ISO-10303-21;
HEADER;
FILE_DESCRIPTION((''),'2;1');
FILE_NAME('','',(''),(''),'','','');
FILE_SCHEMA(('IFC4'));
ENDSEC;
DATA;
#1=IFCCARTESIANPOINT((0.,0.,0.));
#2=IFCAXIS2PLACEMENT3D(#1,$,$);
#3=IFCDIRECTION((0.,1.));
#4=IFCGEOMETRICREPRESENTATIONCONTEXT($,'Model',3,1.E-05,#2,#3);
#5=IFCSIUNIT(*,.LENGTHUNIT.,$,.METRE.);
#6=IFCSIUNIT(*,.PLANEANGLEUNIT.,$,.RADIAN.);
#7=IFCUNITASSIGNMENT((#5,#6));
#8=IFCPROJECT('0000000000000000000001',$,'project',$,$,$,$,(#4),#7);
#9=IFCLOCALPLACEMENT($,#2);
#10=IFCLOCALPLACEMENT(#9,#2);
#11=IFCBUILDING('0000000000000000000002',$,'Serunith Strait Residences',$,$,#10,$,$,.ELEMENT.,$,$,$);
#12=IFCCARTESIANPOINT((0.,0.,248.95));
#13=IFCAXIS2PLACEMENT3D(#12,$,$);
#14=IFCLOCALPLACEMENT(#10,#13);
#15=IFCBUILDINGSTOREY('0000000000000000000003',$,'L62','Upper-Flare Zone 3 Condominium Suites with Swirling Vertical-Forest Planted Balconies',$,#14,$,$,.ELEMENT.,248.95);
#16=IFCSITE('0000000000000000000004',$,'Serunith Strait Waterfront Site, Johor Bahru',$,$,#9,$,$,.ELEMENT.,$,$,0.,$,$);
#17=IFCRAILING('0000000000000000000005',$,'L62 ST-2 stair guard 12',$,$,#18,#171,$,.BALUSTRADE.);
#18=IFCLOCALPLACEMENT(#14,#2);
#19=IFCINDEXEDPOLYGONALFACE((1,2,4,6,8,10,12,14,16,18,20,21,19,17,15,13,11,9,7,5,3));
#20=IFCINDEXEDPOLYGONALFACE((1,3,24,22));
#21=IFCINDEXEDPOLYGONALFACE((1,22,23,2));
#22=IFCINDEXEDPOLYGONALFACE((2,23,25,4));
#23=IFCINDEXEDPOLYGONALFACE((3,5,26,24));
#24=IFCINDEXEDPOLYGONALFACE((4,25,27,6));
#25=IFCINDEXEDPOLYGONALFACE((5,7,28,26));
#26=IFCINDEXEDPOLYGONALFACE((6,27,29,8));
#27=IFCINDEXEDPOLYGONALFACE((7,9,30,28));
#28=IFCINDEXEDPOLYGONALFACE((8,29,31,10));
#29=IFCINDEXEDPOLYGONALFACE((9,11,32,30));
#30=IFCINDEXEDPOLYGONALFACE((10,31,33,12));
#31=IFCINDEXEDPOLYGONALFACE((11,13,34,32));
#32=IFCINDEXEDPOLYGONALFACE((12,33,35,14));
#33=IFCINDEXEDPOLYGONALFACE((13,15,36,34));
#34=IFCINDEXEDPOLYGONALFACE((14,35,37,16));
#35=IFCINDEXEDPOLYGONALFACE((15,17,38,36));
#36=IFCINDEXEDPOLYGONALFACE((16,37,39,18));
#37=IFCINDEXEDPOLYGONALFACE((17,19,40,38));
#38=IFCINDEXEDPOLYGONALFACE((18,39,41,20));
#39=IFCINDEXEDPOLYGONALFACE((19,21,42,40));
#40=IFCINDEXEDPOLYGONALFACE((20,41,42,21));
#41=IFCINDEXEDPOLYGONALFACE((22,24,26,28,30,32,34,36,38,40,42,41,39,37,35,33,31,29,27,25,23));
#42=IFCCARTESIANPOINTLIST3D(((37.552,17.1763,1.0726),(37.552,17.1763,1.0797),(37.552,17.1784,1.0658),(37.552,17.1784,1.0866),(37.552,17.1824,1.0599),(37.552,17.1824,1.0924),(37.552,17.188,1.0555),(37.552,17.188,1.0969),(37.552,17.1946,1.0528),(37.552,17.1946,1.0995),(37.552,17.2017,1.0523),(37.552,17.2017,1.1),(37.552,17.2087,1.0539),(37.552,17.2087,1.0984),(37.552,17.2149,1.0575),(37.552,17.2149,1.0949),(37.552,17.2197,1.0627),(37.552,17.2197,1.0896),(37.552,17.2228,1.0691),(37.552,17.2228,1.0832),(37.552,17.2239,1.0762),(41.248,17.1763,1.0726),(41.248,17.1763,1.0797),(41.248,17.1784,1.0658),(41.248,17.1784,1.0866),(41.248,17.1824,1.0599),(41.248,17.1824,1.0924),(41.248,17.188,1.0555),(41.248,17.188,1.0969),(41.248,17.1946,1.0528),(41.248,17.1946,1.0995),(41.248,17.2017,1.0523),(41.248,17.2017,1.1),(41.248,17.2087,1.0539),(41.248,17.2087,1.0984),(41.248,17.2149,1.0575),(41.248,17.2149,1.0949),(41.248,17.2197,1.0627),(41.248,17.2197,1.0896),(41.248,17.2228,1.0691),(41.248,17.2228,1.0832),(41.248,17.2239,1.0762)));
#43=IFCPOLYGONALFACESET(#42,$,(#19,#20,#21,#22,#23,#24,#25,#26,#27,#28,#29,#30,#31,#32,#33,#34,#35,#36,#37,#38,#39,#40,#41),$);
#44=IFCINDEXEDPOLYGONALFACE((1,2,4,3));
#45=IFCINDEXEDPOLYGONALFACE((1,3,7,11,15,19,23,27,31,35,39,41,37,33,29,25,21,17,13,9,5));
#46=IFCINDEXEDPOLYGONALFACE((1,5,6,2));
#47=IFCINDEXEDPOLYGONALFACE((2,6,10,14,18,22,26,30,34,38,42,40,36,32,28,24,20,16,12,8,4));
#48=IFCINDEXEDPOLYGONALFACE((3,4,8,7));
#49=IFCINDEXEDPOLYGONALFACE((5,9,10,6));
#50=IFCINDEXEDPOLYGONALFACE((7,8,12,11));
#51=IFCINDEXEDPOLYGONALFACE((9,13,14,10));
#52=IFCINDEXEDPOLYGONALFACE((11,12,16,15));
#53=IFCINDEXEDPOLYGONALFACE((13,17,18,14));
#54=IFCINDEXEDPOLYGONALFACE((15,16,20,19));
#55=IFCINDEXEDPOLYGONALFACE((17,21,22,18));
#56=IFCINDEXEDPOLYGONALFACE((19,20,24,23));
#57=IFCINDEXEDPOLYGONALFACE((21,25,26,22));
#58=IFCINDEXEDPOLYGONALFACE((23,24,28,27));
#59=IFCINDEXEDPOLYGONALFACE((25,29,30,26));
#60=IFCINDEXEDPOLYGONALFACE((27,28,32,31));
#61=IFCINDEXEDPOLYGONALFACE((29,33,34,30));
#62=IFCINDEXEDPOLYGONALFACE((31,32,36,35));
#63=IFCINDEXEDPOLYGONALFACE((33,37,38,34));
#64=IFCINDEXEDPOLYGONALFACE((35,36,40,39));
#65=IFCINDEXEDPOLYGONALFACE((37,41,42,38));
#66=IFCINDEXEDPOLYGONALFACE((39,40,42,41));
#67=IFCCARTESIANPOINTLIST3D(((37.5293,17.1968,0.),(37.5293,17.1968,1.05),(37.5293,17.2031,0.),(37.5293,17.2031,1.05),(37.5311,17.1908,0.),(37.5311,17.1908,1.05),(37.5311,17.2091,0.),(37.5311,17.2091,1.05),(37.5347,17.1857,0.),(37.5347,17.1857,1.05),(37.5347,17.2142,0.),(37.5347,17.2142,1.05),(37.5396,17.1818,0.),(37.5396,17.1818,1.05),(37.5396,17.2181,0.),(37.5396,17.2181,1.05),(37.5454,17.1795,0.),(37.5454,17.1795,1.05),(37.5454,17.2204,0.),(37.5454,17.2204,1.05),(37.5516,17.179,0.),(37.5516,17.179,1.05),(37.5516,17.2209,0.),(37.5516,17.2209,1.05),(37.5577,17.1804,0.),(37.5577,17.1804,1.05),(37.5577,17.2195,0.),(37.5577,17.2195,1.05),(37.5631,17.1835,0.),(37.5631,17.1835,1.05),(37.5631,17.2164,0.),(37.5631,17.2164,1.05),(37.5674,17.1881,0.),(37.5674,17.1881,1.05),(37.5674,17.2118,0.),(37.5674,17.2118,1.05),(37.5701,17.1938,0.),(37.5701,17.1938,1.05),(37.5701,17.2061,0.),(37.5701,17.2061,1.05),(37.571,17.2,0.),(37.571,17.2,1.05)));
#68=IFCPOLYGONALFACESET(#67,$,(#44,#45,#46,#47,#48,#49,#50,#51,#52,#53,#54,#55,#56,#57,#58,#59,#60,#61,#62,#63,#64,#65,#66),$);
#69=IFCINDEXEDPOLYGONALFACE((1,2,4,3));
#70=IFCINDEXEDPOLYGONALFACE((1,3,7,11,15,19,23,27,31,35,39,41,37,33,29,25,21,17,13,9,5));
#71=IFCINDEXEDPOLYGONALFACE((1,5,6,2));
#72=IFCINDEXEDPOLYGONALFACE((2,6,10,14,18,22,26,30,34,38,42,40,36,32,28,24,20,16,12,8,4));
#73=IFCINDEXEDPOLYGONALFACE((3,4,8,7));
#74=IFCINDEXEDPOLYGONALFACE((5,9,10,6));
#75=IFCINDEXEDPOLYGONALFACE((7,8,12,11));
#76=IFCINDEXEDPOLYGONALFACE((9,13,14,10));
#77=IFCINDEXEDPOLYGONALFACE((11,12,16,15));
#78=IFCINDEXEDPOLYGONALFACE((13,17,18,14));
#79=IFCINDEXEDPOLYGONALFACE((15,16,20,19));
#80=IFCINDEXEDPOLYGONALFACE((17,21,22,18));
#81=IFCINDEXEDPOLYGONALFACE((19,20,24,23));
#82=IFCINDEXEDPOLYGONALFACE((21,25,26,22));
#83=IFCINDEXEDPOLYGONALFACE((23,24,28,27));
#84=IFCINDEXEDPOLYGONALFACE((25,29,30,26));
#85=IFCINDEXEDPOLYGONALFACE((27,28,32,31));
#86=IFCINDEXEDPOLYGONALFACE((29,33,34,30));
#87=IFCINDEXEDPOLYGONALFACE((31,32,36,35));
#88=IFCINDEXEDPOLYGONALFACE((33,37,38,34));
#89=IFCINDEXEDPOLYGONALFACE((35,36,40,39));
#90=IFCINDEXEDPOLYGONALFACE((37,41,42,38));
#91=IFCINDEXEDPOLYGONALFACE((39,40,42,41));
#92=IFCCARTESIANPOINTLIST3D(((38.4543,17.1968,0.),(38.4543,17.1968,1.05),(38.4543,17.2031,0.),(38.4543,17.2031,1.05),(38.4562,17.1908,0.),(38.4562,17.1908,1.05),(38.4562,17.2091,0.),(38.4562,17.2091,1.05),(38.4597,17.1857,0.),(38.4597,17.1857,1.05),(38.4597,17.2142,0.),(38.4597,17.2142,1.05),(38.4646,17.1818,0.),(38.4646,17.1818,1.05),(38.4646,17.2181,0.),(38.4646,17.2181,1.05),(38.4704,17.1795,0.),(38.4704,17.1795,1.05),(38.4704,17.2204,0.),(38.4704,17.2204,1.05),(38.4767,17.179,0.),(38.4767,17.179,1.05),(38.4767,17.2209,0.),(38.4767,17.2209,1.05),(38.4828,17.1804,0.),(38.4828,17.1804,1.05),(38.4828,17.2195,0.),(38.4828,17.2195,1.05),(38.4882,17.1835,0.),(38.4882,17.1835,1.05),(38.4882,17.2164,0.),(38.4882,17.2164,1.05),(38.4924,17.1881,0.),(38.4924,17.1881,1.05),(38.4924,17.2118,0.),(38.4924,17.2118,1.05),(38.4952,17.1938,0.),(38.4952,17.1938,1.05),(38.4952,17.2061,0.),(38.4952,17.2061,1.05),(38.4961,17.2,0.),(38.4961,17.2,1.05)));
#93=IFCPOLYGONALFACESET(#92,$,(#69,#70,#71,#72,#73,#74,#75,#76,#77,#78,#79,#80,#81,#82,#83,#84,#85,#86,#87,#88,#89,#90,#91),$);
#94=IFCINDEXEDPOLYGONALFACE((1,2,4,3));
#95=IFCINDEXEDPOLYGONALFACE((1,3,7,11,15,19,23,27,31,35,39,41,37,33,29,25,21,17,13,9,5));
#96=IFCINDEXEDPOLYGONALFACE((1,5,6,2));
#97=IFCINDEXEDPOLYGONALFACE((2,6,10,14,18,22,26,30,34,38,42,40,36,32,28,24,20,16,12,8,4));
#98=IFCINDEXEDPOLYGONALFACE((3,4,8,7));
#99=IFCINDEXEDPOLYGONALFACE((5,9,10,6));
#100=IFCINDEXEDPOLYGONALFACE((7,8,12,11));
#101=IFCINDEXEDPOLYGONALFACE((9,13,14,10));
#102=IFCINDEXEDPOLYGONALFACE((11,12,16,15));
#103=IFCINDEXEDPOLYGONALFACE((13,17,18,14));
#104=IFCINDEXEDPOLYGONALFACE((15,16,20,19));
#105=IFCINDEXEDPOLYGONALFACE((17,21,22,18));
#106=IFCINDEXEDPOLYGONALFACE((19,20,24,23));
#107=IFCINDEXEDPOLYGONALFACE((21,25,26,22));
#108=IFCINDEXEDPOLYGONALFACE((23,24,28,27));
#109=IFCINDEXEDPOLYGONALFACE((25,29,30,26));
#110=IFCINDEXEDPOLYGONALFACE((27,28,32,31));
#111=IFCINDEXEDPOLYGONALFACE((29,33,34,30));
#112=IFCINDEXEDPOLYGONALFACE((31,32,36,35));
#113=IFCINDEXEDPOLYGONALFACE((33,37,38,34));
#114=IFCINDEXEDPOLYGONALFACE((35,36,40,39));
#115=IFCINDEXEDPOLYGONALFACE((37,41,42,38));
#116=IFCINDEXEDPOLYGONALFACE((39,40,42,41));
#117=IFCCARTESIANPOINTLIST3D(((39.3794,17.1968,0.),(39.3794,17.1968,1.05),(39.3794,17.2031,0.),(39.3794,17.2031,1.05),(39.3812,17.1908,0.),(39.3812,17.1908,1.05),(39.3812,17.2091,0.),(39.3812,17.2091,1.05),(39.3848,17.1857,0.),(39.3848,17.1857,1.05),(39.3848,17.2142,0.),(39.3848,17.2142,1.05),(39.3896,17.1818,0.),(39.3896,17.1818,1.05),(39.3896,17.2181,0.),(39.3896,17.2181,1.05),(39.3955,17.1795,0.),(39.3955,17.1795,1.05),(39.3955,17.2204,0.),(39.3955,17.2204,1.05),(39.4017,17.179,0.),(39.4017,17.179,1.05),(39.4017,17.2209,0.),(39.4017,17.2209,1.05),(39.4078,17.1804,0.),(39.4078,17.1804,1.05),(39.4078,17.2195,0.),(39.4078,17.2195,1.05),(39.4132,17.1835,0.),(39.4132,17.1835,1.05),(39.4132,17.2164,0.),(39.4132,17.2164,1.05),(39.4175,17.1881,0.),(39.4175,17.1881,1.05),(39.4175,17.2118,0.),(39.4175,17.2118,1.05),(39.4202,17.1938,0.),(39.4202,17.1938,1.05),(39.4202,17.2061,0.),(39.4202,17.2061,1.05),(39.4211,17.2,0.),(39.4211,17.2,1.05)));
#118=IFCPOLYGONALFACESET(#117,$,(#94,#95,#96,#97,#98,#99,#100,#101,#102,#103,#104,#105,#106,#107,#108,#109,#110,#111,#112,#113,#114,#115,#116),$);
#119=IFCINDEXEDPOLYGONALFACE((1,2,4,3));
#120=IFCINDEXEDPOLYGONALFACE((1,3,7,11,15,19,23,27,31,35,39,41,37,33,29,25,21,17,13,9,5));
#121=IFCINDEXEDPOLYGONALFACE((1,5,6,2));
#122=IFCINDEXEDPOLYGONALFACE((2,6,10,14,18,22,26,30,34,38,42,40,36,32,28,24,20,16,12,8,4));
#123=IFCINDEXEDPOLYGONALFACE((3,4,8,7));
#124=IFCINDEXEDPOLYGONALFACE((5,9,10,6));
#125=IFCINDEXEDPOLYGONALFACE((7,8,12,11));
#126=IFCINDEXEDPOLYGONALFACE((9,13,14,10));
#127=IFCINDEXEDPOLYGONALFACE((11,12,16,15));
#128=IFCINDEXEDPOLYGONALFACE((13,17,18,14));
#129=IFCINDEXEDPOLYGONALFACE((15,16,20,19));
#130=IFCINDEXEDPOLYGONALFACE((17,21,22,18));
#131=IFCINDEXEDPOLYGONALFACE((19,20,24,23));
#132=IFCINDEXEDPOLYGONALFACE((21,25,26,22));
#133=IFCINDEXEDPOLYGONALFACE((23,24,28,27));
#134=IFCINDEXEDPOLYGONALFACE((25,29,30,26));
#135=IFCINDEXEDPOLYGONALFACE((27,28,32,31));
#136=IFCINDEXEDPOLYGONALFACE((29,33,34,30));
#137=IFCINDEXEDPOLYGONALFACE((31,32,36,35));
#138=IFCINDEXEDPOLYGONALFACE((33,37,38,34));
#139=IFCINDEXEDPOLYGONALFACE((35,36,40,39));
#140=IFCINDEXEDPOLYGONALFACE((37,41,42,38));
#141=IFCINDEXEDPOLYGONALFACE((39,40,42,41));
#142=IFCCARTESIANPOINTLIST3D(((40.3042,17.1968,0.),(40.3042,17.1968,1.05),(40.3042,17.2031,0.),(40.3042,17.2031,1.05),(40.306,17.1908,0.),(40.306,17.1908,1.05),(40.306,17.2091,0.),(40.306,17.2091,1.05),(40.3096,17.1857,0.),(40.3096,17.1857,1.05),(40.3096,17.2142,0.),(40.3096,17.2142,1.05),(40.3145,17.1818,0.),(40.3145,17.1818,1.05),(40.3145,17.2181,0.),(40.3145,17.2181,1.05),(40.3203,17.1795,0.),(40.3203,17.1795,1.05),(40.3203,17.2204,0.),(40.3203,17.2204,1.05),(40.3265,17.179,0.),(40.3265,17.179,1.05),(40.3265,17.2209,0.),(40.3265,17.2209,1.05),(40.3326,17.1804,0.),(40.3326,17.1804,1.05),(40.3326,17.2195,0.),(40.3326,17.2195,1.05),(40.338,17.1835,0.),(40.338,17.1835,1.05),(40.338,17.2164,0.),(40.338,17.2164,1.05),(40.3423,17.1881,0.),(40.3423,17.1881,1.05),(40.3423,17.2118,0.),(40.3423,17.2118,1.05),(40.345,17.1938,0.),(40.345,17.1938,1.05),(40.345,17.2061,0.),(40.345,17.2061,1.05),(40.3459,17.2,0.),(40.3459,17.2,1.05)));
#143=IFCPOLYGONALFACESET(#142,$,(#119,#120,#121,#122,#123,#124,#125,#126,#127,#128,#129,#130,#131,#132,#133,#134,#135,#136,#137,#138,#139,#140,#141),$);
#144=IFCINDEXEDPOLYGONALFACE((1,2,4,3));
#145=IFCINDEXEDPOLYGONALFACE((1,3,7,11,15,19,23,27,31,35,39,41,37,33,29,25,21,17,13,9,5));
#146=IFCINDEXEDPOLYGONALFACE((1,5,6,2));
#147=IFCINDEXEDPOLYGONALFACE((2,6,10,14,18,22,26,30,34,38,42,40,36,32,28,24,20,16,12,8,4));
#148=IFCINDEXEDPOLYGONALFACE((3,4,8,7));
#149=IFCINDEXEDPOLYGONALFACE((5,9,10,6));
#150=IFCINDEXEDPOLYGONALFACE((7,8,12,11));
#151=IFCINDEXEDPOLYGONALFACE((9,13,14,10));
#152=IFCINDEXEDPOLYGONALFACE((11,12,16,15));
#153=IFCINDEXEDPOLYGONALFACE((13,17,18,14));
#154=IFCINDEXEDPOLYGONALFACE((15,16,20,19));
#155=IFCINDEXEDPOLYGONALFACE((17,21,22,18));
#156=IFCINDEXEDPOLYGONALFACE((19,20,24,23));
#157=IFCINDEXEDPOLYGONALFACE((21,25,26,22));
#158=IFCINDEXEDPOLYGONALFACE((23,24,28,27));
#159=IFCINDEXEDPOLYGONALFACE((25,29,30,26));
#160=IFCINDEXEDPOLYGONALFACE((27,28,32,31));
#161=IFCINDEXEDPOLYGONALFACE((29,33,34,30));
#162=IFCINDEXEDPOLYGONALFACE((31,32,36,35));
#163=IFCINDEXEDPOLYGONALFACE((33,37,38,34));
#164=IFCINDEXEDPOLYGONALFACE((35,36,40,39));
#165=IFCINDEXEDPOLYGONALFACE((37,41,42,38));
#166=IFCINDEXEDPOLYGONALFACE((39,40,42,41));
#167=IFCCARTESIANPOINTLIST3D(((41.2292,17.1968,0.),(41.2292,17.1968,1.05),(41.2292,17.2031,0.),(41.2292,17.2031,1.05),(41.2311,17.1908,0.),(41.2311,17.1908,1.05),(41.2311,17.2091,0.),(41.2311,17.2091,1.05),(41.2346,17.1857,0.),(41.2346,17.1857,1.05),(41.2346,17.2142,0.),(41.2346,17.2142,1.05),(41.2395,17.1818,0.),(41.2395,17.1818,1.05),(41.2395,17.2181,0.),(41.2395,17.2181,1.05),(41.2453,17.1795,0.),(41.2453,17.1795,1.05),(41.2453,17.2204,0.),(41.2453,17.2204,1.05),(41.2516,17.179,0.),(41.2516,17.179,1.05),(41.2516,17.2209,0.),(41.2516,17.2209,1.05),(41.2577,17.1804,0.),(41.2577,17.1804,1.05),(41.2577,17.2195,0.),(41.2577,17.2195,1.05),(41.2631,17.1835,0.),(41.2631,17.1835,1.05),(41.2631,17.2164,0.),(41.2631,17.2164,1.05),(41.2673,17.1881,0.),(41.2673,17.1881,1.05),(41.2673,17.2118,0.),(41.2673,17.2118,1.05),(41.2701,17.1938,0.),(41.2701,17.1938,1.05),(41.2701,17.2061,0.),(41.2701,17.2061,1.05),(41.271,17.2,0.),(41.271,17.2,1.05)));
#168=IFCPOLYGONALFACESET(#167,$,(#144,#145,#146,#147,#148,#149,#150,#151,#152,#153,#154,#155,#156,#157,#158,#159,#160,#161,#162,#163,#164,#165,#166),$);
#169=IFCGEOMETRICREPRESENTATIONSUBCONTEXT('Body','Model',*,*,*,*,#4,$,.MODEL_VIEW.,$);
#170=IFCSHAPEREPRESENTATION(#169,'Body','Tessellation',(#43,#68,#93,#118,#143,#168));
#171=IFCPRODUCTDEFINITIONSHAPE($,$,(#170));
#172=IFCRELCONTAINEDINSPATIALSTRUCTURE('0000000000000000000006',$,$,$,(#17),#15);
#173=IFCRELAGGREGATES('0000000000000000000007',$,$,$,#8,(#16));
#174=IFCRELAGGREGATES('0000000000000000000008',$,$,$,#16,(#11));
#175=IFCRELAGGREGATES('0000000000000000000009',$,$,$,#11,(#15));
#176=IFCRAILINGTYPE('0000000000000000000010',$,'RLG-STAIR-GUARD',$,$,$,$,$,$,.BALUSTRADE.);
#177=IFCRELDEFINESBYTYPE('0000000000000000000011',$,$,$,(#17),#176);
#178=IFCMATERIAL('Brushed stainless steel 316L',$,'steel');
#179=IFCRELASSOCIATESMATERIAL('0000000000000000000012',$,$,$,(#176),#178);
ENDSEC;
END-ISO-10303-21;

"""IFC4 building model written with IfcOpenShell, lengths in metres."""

from ifc_helpers import new_model, si_unit, direction, frame, origin, origin_2d, place, context, subcontext, project, spatial, circle, extrude, material, type_object, element, save


model = new_model("IFC4")

# Units and contexts
model_context = context("Model", 3, precision=1e-05, world=origin(), true_north=direction((0.0, 1.0)))
body_context = subcontext(model_context, "Body", "Model", "MODEL_VIEW")
ifc_project = project(units=[si_unit("LENGTHUNIT", "METRE"), si_unit("PLANEANGLEUNIT", "RADIAN")], contexts=[model_context])

# Site, building, storey
site_placement = place(None, origin())
site = spatial("IfcSite", under=ifc_project, at=site_placement, Name="Serunith Strait Waterfront Site, Johor Bahru", CompositionType="ELEMENT", RefElevation=0.0)
building_placement = place(site_placement, origin())
building = spatial("IfcBuilding", under=site, at=building_placement, Name="Serunith Strait Residences", CompositionType="ELEMENT")
storey_placement = place(building_placement, frame((0.0, 0.0, 248.95)))
storey = spatial("IfcBuildingStorey", under=building, at=storey_placement, Name="L62", Description="Upper-Flare Zone 3 Condominium Suites with Swirling Vertical-Forest Planted Balconies", CompositionType="ELEMENT", Elevation=248.95)

# Railing
ifc_material_1 = material(Name="Brushed stainless steel 316L", Category="steel")
railing_type_1 = type_object("IfcRailingType", Name="RLG-STAIR-GUARD", PredefinedType="BALUSTRADE", material=ifc_material_1)
railing_1_placement = place(storey_placement, frame((37.55, 17.2, 0.0)))
element("IfcRailing", 1, at=railing_1_placement, inside=storey, type_object=railing_type_1, Name="L62 ST-2 stair guard 12", PredefinedType="BALUSTRADE", context=body_context, shape_type="SweptSolid", body=[
    extrude(circle(Radius=0.0239, at=origin_2d()), frame((0.002, 0.0, 1.0762), z_axis=(1.0, 0.0, 0.0), x_axis=(0.0, 1.0, 0.0)), (0.0, 0.0, 1.0), 3.696),
    extrude(circle(Radius=0.021, at=origin_2d()), origin(), (0.0, 0.0, 1.0), 1.05),
    extrude(circle(Radius=0.021, at=origin_2d()), frame((0.925, 0.0, 0.0)), (0.0, 0.0, 1.0), 1.05),
    extrude(circle(Radius=0.021, at=origin_2d()), frame((1.8501, 0.0, 0.0)), (0.0, 0.0, 1.0), 1.05),
    extrude(circle(Radius=0.021, at=origin_2d()), frame((2.7749, 0.0, 0.0)), (0.0, 0.0, 1.0), 1.05),
    extrude(circle(Radius=0.021, at=origin_2d()), frame((3.7, 0.0, 0.0)), (0.0, 0.0, 1.0), 1.05),
])

save(model, "model.ifc")
